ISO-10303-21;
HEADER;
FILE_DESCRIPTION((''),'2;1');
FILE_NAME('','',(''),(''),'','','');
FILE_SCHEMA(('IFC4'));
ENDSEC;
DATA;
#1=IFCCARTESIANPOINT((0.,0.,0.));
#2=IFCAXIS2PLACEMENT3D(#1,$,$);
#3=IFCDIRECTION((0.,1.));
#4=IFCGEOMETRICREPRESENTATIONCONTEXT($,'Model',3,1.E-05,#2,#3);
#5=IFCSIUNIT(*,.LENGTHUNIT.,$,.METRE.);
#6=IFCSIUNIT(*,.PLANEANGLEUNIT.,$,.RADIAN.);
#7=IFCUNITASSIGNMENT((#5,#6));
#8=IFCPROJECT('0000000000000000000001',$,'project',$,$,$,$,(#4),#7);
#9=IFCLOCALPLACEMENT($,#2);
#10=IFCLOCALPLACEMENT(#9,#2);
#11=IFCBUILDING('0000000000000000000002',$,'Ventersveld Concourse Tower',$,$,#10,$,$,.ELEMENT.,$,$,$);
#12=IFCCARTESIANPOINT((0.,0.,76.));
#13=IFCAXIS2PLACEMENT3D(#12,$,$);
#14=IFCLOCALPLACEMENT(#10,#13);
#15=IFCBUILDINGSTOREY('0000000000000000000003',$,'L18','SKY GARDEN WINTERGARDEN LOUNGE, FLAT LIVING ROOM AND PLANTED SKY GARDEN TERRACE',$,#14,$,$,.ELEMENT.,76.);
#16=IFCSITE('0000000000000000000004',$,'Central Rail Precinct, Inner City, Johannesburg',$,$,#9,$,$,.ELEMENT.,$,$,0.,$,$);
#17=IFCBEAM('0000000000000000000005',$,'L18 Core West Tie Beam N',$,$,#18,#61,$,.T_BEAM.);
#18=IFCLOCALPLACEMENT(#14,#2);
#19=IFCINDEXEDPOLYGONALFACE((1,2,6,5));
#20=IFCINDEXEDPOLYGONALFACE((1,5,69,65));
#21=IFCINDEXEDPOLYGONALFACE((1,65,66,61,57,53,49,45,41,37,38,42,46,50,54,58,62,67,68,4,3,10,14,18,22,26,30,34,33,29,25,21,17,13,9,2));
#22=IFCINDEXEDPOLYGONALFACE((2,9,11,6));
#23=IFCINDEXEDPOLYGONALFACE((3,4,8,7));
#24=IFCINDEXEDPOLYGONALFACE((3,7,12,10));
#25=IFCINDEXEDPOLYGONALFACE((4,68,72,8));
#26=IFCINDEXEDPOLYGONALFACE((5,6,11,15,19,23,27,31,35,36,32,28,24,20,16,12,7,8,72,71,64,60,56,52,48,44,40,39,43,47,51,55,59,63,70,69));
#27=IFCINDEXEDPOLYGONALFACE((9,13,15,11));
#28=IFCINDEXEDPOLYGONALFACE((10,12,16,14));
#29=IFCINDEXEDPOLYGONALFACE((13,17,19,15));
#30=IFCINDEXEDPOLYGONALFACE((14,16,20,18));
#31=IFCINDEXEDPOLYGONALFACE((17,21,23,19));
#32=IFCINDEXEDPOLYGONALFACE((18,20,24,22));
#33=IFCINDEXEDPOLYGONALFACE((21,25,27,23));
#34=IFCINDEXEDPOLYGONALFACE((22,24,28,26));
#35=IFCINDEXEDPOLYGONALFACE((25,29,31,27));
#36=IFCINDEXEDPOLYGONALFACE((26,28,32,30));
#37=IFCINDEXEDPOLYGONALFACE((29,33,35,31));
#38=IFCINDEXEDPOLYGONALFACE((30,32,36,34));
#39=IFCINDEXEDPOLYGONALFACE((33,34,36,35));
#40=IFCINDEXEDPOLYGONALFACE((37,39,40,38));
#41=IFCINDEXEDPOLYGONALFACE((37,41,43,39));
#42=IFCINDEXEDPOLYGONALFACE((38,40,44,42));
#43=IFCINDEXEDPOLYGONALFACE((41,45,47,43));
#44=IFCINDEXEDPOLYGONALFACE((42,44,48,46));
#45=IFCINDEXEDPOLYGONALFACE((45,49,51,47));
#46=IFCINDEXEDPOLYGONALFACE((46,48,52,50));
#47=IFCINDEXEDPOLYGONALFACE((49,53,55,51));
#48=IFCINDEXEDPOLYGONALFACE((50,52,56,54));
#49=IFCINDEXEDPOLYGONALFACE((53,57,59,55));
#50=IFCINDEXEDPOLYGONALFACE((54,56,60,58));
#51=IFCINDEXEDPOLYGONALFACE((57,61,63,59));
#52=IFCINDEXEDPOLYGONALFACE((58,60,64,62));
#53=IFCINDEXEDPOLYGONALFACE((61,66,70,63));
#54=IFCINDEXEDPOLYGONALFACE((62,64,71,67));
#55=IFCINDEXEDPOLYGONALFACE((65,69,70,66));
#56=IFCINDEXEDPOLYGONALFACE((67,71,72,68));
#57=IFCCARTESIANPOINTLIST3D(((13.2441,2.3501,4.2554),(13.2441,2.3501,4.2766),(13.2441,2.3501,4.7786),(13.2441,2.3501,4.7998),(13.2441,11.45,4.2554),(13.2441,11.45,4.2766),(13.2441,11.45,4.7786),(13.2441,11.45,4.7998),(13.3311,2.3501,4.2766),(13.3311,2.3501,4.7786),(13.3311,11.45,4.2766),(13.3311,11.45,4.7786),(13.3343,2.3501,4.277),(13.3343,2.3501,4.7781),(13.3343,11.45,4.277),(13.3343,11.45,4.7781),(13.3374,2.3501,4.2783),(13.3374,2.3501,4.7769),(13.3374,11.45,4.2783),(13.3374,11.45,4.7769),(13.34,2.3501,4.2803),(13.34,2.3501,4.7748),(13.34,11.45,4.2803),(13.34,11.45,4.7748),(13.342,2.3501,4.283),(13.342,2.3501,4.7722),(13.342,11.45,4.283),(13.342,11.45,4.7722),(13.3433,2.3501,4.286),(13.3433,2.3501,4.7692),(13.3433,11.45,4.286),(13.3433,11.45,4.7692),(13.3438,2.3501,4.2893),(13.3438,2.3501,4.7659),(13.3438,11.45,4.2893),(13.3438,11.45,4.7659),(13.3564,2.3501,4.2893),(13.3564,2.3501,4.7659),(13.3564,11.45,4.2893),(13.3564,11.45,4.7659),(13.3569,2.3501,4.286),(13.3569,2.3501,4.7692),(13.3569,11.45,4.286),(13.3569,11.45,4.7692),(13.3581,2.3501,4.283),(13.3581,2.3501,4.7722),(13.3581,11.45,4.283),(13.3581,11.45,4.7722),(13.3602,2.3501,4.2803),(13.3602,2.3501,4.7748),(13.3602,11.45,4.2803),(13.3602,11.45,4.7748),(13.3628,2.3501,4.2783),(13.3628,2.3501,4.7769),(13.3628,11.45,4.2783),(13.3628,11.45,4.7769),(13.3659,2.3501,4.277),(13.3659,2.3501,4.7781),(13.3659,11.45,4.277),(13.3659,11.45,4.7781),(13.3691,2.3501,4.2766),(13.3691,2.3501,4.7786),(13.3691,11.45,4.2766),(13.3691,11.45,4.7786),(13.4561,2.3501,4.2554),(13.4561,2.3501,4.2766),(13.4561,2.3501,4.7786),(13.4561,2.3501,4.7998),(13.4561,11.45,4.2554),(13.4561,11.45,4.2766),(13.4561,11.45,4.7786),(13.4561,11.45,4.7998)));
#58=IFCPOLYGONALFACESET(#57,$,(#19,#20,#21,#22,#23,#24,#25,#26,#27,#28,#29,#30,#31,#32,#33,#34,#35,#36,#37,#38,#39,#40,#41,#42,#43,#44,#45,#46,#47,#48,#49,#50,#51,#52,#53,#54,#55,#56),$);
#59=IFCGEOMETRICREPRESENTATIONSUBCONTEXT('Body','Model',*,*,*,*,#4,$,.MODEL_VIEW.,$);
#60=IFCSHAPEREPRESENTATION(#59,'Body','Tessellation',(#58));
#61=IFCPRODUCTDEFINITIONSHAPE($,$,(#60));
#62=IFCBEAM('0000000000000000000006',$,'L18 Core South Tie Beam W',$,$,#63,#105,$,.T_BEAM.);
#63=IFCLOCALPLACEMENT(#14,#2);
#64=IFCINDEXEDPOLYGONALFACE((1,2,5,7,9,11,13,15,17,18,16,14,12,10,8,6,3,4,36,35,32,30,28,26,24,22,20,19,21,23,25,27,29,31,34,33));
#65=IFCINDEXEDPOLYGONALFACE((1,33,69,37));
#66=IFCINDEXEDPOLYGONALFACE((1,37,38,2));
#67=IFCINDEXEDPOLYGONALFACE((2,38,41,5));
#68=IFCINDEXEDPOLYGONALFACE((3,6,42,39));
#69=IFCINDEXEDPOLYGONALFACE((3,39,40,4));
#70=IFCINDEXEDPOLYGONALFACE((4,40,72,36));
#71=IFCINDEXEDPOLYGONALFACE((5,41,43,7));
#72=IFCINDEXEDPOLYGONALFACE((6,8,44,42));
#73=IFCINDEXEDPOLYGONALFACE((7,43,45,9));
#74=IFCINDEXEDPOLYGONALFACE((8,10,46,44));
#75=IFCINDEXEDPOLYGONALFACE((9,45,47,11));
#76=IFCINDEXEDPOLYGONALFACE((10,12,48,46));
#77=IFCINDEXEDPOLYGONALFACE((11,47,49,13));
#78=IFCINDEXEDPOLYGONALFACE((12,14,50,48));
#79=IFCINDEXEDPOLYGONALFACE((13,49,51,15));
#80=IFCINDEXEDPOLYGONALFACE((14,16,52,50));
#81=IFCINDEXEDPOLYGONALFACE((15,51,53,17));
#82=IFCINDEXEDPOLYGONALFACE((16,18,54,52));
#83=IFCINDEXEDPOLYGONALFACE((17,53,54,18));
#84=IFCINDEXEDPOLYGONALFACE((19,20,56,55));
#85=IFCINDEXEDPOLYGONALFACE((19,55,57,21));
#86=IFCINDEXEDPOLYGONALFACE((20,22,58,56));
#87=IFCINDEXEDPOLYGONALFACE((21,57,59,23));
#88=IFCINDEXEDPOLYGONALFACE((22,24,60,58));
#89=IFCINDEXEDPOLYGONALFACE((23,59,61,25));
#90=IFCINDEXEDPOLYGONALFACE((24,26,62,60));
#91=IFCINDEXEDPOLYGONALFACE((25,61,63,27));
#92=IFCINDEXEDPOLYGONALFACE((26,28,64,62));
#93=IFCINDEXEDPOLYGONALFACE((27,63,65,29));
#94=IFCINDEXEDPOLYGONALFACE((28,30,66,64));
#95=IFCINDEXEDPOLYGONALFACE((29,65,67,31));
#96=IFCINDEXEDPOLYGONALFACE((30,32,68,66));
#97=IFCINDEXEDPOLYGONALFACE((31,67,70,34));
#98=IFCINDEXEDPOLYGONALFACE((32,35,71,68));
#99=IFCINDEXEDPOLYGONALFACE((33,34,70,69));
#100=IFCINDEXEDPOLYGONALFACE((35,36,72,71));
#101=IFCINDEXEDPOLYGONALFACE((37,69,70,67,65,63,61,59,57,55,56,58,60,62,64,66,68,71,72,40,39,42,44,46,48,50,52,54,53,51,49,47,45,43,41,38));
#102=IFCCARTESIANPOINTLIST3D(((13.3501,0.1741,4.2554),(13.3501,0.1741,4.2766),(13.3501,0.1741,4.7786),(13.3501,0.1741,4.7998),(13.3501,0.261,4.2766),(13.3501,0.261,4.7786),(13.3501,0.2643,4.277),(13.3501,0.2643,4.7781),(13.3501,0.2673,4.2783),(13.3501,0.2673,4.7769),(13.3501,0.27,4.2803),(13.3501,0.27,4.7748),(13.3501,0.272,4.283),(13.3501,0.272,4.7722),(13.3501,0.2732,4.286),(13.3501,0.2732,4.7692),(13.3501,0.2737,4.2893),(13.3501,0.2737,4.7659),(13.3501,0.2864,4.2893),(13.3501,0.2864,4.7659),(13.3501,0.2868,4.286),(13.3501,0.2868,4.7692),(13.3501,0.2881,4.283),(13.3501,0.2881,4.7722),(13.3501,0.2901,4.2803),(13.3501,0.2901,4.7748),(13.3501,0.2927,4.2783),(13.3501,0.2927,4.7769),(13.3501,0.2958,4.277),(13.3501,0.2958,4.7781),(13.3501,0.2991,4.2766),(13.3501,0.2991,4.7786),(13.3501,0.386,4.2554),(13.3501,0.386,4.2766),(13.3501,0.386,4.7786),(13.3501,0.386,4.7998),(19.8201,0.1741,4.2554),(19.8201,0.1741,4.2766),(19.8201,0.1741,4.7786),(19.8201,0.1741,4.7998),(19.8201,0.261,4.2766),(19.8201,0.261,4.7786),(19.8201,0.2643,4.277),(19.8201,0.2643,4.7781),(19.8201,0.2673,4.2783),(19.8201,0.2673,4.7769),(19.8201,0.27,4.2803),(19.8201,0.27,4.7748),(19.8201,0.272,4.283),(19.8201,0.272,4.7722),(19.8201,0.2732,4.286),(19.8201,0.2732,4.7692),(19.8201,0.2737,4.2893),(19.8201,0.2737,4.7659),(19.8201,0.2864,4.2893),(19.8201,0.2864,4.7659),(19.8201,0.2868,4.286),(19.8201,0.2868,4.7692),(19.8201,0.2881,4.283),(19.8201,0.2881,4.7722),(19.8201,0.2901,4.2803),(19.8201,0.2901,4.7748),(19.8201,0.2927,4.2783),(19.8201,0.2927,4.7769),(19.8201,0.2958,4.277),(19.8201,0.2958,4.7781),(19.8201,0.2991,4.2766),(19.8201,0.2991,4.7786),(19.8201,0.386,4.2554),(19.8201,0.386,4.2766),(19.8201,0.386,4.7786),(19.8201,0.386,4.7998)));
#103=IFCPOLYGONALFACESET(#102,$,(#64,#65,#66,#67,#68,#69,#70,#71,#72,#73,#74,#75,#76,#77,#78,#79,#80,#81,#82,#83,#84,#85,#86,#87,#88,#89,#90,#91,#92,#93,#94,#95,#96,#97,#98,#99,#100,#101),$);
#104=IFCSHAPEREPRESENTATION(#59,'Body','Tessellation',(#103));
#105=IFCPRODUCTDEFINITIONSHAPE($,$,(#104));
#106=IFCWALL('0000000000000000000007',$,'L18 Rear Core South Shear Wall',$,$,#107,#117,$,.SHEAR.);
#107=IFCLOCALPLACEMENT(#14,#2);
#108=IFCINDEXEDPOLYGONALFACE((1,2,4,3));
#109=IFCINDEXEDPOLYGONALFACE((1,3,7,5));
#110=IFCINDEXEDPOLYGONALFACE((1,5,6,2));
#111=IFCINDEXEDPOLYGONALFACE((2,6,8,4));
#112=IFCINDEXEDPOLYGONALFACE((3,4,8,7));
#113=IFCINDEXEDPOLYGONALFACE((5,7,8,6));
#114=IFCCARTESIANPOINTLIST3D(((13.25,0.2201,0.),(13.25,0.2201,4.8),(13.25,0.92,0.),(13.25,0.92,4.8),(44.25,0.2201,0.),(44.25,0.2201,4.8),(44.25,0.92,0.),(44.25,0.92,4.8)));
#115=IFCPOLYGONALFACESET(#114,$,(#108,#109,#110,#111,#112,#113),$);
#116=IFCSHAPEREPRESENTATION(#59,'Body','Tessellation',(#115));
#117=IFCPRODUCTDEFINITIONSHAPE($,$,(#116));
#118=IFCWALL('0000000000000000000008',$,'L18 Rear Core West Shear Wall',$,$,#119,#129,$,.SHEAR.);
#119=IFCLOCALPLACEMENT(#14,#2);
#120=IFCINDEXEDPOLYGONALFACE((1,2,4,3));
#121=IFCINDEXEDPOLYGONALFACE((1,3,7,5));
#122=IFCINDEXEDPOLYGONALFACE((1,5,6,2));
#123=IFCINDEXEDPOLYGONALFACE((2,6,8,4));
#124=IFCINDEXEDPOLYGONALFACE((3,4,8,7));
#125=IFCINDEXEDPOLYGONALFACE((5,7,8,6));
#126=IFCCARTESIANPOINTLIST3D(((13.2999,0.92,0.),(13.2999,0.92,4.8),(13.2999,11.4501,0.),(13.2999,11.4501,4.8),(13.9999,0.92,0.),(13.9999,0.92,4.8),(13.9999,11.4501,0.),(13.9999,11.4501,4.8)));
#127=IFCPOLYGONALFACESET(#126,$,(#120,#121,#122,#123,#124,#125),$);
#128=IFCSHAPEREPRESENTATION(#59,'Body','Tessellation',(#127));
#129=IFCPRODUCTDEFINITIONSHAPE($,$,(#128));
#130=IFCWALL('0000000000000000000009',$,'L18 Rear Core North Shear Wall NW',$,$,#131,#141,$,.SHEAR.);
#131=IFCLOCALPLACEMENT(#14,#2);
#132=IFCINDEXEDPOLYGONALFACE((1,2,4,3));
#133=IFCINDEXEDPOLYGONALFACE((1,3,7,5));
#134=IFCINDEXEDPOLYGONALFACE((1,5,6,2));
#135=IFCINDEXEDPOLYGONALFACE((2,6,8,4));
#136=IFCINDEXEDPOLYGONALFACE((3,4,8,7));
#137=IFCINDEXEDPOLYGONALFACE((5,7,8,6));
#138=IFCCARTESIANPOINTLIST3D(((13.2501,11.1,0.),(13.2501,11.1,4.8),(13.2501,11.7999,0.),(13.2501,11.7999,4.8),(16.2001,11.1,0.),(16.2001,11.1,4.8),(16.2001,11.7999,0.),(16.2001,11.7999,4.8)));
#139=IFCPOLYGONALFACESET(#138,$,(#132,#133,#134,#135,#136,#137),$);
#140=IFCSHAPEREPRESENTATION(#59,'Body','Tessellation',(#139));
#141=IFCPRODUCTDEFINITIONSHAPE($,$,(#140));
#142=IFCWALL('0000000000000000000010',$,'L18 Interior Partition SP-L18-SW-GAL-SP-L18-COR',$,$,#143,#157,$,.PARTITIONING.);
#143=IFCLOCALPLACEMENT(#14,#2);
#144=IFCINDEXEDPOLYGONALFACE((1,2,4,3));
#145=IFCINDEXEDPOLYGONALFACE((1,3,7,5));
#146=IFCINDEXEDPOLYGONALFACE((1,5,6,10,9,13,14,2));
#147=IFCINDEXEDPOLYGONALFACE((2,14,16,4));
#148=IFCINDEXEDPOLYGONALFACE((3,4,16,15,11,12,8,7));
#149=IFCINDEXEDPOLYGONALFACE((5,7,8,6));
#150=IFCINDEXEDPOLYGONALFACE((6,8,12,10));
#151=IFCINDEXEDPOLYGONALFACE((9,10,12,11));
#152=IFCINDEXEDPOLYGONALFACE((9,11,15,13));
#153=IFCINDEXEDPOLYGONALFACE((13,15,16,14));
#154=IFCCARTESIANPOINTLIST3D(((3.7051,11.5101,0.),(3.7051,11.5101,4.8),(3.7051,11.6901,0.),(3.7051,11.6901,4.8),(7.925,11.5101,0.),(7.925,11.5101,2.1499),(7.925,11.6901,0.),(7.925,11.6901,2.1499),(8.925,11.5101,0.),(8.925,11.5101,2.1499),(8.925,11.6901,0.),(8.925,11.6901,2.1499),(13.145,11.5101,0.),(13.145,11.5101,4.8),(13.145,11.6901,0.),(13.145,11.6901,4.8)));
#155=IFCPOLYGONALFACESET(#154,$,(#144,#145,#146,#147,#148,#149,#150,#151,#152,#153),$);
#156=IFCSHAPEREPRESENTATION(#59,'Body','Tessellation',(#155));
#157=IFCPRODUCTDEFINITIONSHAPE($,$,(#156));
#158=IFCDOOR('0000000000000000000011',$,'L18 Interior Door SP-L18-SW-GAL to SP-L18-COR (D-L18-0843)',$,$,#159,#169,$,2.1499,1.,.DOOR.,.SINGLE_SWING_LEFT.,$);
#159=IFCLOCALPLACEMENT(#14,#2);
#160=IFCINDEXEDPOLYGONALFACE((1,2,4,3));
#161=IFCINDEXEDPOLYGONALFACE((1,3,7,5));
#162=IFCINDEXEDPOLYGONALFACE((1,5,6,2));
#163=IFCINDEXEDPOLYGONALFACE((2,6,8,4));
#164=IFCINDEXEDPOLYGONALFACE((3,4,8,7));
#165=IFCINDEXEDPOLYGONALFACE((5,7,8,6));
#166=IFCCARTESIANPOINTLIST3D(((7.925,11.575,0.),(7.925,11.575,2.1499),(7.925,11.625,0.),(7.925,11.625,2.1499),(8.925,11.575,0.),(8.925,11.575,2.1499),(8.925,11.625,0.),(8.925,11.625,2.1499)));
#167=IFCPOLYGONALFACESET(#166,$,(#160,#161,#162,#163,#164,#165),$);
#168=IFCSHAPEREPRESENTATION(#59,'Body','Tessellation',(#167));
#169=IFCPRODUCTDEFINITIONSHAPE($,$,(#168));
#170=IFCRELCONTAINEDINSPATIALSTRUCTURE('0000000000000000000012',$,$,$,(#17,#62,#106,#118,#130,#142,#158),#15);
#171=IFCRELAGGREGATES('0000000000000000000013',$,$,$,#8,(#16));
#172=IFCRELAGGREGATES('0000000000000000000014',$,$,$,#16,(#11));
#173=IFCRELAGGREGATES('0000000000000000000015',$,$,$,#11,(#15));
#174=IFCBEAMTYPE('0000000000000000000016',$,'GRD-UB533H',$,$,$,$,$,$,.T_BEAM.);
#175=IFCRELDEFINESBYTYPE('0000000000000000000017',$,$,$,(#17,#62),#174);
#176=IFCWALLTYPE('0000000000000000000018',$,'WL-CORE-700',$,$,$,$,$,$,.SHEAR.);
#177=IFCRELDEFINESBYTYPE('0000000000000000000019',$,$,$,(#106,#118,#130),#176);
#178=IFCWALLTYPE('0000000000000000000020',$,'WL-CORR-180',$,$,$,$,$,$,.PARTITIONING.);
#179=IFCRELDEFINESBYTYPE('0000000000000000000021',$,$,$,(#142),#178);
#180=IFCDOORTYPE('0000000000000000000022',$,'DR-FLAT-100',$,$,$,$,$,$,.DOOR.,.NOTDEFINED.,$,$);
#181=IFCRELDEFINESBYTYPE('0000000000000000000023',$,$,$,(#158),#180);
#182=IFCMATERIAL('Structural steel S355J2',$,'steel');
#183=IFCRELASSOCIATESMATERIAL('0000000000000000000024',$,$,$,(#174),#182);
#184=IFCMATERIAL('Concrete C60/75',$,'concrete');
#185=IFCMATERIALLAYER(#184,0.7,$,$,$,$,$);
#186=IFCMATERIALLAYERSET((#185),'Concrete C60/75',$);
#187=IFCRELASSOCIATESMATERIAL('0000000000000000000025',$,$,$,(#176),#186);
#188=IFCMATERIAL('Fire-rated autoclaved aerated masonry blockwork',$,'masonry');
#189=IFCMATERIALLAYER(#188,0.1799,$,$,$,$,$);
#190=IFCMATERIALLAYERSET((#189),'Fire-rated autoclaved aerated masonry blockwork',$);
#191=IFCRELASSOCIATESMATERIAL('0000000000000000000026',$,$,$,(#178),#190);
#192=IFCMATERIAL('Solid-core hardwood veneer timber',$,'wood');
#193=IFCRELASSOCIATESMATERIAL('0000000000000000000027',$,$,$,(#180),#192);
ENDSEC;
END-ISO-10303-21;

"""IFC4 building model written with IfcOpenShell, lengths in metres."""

from ifc_helpers import new_model, si_unit, direction, frame, frame_2d, origin, origin_2d, place, context, subcontext, project, spatial, rectangle, i_section, extrude, material, layer, layer_set, material_profile, profile_set, type_object, element, fill, save


model = new_model("IFC4")

# Units and contexts
model_context = context("Model", 3, precision=1e-05, world=origin(), true_north=direction((0.0, 1.0)))
body_context = subcontext(model_context, "Body", "Model", "MODEL_VIEW")
ifc_project = project(units=[si_unit("LENGTHUNIT", "METRE"), si_unit("PLANEANGLEUNIT", "RADIAN")], contexts=[model_context])

# Site, building, storey
site_placement = place(None, origin())
site = spatial("IfcSite", under=ifc_project, at=site_placement, Name="Central Rail Precinct, Inner City, Johannesburg", CompositionType="ELEMENT", RefElevation=0.0)
building_placement = place(site_placement, origin())
building = spatial("IfcBuilding", under=site, at=building_placement, Name="Ventersveld Concourse Tower", CompositionType="ELEMENT")
storey_placement = place(building_placement, frame((0.0, 0.0, 76.0)))
storey = spatial("IfcBuildingStorey", under=building, at=storey_placement, Name="L18", Description="SKY GARDEN WINTERGARDEN LOUNGE, FLAT LIVING ROOM AND PLANTED SKY GARDEN TERRACE", CompositionType="ELEMENT", Elevation=76.0)

# Beams
ifc_material_1 = material(Name="Structural steel S355J2", Category="steel")
ifc_material_profile_1 = material_profile(ifc_material_1, i_section(OverallWidth=0.2119, OverallDepth=0.5444, WebThickness=0.0127, FlangeThickness=0.0212, FilletRadius=0.0127, at=origin_2d()), Name="UB 533x210x122")
ifc_profile_set_1 = profile_set([ifc_material_profile_1], Name="Structural steel S355J2")
beam_type_1 = type_object("IfcBeamType", Name="GRD-UB533H", PredefinedType="T_BEAM", material=ifc_profile_set_1)
beam_1_placement = place(storey_placement, frame((13.3501, 2.3501, 4.5276), z_axis=(0.0, 1.0, 0.0), x_axis=(-1.0, 0.0, 0.0)))
element("IfcBeam", 1, at=beam_1_placement, inside=storey, type_object=beam_type_1, Name="L18 Core West Tie Beam N", PredefinedType="T_BEAM", context=body_context, shape_type="SweptSolid", body=[
    extrude(i_section(OverallWidth=0.2119, OverallDepth=0.5444, WebThickness=0.0127, FlangeThickness=0.0212, FilletRadius=0.0127, at=origin_2d()), origin(), (0.0, 0.0, 1.0), 9.0999),
])
beam_2_placement = place(storey_placement, frame((13.3501, 0.28, 4.5276), z_axis=(1.0, 0.0, 0.0), x_axis=(0.0, 1.0, 0.0)))
element("IfcBeam", 2, at=beam_2_placement, inside=storey, type_object=beam_type_1, Name="L18 Core South Tie Beam W", PredefinedType="T_BEAM", context=body_context, shape_type="SweptSolid", body=[
    extrude(i_section(OverallWidth=0.2119, OverallDepth=0.5444, WebThickness=0.0127, FlangeThickness=0.0212, FilletRadius=0.0127, at=origin_2d()), origin(), (0.0, 0.0, 1.0), 6.47),
])

# Walls
ifc_material_2 = material(Name="Concrete C60/75", Category="concrete")
ifc_layer_1 = layer(ifc_material_2, 0.7)
ifc_layer_set_1 = layer_set([ifc_layer_1], Name="Concrete C60/75")
wall_type_1 = type_object("IfcWallType", Name="WL-CORE-700", PredefinedType="SHEAR", material=ifc_layer_set_1)
wall_1_placement = place(storey_placement, frame((13.25, 0.5701, 0.0), z_axis=(0.0, 0.0, 1.0), x_axis=(1.0, 0.0, 0.0)))
element("IfcWall", 3, at=wall_1_placement, inside=storey, type_object=wall_type_1, Name="L18 Rear Core South Shear Wall", PredefinedType="SHEAR", context=body_context, shape_type="SweptSolid", body=[
    extrude(rectangle(XDim=31.0, YDim=0.7, at=frame_2d((15.5, 0.0))), origin(), (0.0, 0.0, 1.0), 4.8),
])
wall_2_placement = place(storey_placement, frame((13.6499, 0.9199, 0.0), z_axis=(0.0, 0.0, 1.0), x_axis=(0.0, 1.0, 0.0)))
element("IfcWall", 4, at=wall_2_placement, inside=storey, type_object=wall_type_1, Name="L18 Rear Core West Shear Wall", PredefinedType="SHEAR", context=body_context, shape_type="SweptSolid", body=[
    extrude(rectangle(XDim=10.53, YDim=0.7, at=frame_2d((5.2651, 0.0))), origin(), (0.0, 0.0, 1.0), 4.8),
])
wall_3_placement = place(storey_placement, frame((13.25, 11.45, 0.0), z_axis=(0.0, 0.0, 1.0), x_axis=(1.0, 0.0, 0.0)))
element("IfcWall", 5, at=wall_3_placement, inside=storey, type_object=wall_type_1, Name="L18 Rear Core North Shear Wall NW", PredefinedType="SHEAR", context=body_context, shape_type="SweptSolid", body=[
    extrude(rectangle(XDim=2.95, YDim=0.7, at=frame_2d((1.4751, 0.0))), origin(), (0.0, 0.0, 1.0), 4.8),
])

# Wall, opening, door
ifc_material_3 = material(Name="Fire-rated autoclaved aerated masonry blockwork", Category="masonry")
ifc_layer_2 = layer(ifc_material_3, 0.1799)
ifc_layer_set_2 = layer_set([ifc_layer_2], Name="Fire-rated autoclaved aerated masonry blockwork")
wall_type_2 = type_object("IfcWallType", Name="WL-CORR-180", PredefinedType="PARTITIONING", material=ifc_layer_set_2)
wall_4_placement = place(storey_placement, frame((3.7051, 11.6001, 0.0), z_axis=(0.0, 0.0, 1.0), x_axis=(1.0, 0.0, 0.0)))
wall_4 = element("IfcWall", 6, at=wall_4_placement, inside=storey, type_object=wall_type_2, Name="L18 Interior Partition SP-L18-SW-GAL-SP-L18-COR", PredefinedType="PARTITIONING", context=body_context, shape_type="SweptSolid", body=[
    extrude(rectangle(XDim=9.4399, YDim=0.1799, at=frame_2d((4.72, 0.0))), origin(), (0.0, 0.0, 1.0), 4.8),
])
opening_1_placement = place(wall_4_placement, frame((4.22, 0.0, 0.0)))
opening_1 = element("IfcOpeningElement", 7, at=opening_1_placement, cuts=wall_4, PredefinedType="OPENING", context=body_context, shape_type="SweptSolid", body=[
    extrude(rectangle(XDim=1.0, YDim=2.1499, at=frame_2d((0.5, 1.075))), frame((0.0, 0.1001, 0.0), z_axis=(0.0, -1.0, 0.0), x_axis=(1.0, 0.0, 0.0)), (0.0, 0.0, 1.0), 0.2),
])
ifc_material_4 = material(Name="Solid-core hardwood veneer timber", Category="wood")
door_type_1 = type_object("IfcDoorType", Name="DR-FLAT-100", OperationType="NOTDEFINED", PredefinedType="DOOR", material=ifc_material_4)
door_1_placement = place(opening_1_placement, origin())
door_1 = element("IfcDoor", 8, at=door_1_placement, inside=storey, type_object=door_type_1, Name="L18 Interior Door SP-L18-SW-GAL to SP-L18-COR (D-L18-0843)", OperationType="SINGLE_SWING_LEFT", OverallHeight=2.1499, OverallWidth=1.0, PredefinedType="DOOR", context=body_context, shape_type="SweptSolid", body=[
    extrude(rectangle(XDim=1.0, YDim=2.1499, at=frame_2d((0.5, 1.075))), frame((0.0, 0.0249, 0.0), z_axis=(0.0, -1.0, 0.0), x_axis=(1.0, 0.0, 0.0)), (0.0, 0.0, 1.0), 0.05),
])
fill(opening_1, door_1)

save(model, "model.ifc")
